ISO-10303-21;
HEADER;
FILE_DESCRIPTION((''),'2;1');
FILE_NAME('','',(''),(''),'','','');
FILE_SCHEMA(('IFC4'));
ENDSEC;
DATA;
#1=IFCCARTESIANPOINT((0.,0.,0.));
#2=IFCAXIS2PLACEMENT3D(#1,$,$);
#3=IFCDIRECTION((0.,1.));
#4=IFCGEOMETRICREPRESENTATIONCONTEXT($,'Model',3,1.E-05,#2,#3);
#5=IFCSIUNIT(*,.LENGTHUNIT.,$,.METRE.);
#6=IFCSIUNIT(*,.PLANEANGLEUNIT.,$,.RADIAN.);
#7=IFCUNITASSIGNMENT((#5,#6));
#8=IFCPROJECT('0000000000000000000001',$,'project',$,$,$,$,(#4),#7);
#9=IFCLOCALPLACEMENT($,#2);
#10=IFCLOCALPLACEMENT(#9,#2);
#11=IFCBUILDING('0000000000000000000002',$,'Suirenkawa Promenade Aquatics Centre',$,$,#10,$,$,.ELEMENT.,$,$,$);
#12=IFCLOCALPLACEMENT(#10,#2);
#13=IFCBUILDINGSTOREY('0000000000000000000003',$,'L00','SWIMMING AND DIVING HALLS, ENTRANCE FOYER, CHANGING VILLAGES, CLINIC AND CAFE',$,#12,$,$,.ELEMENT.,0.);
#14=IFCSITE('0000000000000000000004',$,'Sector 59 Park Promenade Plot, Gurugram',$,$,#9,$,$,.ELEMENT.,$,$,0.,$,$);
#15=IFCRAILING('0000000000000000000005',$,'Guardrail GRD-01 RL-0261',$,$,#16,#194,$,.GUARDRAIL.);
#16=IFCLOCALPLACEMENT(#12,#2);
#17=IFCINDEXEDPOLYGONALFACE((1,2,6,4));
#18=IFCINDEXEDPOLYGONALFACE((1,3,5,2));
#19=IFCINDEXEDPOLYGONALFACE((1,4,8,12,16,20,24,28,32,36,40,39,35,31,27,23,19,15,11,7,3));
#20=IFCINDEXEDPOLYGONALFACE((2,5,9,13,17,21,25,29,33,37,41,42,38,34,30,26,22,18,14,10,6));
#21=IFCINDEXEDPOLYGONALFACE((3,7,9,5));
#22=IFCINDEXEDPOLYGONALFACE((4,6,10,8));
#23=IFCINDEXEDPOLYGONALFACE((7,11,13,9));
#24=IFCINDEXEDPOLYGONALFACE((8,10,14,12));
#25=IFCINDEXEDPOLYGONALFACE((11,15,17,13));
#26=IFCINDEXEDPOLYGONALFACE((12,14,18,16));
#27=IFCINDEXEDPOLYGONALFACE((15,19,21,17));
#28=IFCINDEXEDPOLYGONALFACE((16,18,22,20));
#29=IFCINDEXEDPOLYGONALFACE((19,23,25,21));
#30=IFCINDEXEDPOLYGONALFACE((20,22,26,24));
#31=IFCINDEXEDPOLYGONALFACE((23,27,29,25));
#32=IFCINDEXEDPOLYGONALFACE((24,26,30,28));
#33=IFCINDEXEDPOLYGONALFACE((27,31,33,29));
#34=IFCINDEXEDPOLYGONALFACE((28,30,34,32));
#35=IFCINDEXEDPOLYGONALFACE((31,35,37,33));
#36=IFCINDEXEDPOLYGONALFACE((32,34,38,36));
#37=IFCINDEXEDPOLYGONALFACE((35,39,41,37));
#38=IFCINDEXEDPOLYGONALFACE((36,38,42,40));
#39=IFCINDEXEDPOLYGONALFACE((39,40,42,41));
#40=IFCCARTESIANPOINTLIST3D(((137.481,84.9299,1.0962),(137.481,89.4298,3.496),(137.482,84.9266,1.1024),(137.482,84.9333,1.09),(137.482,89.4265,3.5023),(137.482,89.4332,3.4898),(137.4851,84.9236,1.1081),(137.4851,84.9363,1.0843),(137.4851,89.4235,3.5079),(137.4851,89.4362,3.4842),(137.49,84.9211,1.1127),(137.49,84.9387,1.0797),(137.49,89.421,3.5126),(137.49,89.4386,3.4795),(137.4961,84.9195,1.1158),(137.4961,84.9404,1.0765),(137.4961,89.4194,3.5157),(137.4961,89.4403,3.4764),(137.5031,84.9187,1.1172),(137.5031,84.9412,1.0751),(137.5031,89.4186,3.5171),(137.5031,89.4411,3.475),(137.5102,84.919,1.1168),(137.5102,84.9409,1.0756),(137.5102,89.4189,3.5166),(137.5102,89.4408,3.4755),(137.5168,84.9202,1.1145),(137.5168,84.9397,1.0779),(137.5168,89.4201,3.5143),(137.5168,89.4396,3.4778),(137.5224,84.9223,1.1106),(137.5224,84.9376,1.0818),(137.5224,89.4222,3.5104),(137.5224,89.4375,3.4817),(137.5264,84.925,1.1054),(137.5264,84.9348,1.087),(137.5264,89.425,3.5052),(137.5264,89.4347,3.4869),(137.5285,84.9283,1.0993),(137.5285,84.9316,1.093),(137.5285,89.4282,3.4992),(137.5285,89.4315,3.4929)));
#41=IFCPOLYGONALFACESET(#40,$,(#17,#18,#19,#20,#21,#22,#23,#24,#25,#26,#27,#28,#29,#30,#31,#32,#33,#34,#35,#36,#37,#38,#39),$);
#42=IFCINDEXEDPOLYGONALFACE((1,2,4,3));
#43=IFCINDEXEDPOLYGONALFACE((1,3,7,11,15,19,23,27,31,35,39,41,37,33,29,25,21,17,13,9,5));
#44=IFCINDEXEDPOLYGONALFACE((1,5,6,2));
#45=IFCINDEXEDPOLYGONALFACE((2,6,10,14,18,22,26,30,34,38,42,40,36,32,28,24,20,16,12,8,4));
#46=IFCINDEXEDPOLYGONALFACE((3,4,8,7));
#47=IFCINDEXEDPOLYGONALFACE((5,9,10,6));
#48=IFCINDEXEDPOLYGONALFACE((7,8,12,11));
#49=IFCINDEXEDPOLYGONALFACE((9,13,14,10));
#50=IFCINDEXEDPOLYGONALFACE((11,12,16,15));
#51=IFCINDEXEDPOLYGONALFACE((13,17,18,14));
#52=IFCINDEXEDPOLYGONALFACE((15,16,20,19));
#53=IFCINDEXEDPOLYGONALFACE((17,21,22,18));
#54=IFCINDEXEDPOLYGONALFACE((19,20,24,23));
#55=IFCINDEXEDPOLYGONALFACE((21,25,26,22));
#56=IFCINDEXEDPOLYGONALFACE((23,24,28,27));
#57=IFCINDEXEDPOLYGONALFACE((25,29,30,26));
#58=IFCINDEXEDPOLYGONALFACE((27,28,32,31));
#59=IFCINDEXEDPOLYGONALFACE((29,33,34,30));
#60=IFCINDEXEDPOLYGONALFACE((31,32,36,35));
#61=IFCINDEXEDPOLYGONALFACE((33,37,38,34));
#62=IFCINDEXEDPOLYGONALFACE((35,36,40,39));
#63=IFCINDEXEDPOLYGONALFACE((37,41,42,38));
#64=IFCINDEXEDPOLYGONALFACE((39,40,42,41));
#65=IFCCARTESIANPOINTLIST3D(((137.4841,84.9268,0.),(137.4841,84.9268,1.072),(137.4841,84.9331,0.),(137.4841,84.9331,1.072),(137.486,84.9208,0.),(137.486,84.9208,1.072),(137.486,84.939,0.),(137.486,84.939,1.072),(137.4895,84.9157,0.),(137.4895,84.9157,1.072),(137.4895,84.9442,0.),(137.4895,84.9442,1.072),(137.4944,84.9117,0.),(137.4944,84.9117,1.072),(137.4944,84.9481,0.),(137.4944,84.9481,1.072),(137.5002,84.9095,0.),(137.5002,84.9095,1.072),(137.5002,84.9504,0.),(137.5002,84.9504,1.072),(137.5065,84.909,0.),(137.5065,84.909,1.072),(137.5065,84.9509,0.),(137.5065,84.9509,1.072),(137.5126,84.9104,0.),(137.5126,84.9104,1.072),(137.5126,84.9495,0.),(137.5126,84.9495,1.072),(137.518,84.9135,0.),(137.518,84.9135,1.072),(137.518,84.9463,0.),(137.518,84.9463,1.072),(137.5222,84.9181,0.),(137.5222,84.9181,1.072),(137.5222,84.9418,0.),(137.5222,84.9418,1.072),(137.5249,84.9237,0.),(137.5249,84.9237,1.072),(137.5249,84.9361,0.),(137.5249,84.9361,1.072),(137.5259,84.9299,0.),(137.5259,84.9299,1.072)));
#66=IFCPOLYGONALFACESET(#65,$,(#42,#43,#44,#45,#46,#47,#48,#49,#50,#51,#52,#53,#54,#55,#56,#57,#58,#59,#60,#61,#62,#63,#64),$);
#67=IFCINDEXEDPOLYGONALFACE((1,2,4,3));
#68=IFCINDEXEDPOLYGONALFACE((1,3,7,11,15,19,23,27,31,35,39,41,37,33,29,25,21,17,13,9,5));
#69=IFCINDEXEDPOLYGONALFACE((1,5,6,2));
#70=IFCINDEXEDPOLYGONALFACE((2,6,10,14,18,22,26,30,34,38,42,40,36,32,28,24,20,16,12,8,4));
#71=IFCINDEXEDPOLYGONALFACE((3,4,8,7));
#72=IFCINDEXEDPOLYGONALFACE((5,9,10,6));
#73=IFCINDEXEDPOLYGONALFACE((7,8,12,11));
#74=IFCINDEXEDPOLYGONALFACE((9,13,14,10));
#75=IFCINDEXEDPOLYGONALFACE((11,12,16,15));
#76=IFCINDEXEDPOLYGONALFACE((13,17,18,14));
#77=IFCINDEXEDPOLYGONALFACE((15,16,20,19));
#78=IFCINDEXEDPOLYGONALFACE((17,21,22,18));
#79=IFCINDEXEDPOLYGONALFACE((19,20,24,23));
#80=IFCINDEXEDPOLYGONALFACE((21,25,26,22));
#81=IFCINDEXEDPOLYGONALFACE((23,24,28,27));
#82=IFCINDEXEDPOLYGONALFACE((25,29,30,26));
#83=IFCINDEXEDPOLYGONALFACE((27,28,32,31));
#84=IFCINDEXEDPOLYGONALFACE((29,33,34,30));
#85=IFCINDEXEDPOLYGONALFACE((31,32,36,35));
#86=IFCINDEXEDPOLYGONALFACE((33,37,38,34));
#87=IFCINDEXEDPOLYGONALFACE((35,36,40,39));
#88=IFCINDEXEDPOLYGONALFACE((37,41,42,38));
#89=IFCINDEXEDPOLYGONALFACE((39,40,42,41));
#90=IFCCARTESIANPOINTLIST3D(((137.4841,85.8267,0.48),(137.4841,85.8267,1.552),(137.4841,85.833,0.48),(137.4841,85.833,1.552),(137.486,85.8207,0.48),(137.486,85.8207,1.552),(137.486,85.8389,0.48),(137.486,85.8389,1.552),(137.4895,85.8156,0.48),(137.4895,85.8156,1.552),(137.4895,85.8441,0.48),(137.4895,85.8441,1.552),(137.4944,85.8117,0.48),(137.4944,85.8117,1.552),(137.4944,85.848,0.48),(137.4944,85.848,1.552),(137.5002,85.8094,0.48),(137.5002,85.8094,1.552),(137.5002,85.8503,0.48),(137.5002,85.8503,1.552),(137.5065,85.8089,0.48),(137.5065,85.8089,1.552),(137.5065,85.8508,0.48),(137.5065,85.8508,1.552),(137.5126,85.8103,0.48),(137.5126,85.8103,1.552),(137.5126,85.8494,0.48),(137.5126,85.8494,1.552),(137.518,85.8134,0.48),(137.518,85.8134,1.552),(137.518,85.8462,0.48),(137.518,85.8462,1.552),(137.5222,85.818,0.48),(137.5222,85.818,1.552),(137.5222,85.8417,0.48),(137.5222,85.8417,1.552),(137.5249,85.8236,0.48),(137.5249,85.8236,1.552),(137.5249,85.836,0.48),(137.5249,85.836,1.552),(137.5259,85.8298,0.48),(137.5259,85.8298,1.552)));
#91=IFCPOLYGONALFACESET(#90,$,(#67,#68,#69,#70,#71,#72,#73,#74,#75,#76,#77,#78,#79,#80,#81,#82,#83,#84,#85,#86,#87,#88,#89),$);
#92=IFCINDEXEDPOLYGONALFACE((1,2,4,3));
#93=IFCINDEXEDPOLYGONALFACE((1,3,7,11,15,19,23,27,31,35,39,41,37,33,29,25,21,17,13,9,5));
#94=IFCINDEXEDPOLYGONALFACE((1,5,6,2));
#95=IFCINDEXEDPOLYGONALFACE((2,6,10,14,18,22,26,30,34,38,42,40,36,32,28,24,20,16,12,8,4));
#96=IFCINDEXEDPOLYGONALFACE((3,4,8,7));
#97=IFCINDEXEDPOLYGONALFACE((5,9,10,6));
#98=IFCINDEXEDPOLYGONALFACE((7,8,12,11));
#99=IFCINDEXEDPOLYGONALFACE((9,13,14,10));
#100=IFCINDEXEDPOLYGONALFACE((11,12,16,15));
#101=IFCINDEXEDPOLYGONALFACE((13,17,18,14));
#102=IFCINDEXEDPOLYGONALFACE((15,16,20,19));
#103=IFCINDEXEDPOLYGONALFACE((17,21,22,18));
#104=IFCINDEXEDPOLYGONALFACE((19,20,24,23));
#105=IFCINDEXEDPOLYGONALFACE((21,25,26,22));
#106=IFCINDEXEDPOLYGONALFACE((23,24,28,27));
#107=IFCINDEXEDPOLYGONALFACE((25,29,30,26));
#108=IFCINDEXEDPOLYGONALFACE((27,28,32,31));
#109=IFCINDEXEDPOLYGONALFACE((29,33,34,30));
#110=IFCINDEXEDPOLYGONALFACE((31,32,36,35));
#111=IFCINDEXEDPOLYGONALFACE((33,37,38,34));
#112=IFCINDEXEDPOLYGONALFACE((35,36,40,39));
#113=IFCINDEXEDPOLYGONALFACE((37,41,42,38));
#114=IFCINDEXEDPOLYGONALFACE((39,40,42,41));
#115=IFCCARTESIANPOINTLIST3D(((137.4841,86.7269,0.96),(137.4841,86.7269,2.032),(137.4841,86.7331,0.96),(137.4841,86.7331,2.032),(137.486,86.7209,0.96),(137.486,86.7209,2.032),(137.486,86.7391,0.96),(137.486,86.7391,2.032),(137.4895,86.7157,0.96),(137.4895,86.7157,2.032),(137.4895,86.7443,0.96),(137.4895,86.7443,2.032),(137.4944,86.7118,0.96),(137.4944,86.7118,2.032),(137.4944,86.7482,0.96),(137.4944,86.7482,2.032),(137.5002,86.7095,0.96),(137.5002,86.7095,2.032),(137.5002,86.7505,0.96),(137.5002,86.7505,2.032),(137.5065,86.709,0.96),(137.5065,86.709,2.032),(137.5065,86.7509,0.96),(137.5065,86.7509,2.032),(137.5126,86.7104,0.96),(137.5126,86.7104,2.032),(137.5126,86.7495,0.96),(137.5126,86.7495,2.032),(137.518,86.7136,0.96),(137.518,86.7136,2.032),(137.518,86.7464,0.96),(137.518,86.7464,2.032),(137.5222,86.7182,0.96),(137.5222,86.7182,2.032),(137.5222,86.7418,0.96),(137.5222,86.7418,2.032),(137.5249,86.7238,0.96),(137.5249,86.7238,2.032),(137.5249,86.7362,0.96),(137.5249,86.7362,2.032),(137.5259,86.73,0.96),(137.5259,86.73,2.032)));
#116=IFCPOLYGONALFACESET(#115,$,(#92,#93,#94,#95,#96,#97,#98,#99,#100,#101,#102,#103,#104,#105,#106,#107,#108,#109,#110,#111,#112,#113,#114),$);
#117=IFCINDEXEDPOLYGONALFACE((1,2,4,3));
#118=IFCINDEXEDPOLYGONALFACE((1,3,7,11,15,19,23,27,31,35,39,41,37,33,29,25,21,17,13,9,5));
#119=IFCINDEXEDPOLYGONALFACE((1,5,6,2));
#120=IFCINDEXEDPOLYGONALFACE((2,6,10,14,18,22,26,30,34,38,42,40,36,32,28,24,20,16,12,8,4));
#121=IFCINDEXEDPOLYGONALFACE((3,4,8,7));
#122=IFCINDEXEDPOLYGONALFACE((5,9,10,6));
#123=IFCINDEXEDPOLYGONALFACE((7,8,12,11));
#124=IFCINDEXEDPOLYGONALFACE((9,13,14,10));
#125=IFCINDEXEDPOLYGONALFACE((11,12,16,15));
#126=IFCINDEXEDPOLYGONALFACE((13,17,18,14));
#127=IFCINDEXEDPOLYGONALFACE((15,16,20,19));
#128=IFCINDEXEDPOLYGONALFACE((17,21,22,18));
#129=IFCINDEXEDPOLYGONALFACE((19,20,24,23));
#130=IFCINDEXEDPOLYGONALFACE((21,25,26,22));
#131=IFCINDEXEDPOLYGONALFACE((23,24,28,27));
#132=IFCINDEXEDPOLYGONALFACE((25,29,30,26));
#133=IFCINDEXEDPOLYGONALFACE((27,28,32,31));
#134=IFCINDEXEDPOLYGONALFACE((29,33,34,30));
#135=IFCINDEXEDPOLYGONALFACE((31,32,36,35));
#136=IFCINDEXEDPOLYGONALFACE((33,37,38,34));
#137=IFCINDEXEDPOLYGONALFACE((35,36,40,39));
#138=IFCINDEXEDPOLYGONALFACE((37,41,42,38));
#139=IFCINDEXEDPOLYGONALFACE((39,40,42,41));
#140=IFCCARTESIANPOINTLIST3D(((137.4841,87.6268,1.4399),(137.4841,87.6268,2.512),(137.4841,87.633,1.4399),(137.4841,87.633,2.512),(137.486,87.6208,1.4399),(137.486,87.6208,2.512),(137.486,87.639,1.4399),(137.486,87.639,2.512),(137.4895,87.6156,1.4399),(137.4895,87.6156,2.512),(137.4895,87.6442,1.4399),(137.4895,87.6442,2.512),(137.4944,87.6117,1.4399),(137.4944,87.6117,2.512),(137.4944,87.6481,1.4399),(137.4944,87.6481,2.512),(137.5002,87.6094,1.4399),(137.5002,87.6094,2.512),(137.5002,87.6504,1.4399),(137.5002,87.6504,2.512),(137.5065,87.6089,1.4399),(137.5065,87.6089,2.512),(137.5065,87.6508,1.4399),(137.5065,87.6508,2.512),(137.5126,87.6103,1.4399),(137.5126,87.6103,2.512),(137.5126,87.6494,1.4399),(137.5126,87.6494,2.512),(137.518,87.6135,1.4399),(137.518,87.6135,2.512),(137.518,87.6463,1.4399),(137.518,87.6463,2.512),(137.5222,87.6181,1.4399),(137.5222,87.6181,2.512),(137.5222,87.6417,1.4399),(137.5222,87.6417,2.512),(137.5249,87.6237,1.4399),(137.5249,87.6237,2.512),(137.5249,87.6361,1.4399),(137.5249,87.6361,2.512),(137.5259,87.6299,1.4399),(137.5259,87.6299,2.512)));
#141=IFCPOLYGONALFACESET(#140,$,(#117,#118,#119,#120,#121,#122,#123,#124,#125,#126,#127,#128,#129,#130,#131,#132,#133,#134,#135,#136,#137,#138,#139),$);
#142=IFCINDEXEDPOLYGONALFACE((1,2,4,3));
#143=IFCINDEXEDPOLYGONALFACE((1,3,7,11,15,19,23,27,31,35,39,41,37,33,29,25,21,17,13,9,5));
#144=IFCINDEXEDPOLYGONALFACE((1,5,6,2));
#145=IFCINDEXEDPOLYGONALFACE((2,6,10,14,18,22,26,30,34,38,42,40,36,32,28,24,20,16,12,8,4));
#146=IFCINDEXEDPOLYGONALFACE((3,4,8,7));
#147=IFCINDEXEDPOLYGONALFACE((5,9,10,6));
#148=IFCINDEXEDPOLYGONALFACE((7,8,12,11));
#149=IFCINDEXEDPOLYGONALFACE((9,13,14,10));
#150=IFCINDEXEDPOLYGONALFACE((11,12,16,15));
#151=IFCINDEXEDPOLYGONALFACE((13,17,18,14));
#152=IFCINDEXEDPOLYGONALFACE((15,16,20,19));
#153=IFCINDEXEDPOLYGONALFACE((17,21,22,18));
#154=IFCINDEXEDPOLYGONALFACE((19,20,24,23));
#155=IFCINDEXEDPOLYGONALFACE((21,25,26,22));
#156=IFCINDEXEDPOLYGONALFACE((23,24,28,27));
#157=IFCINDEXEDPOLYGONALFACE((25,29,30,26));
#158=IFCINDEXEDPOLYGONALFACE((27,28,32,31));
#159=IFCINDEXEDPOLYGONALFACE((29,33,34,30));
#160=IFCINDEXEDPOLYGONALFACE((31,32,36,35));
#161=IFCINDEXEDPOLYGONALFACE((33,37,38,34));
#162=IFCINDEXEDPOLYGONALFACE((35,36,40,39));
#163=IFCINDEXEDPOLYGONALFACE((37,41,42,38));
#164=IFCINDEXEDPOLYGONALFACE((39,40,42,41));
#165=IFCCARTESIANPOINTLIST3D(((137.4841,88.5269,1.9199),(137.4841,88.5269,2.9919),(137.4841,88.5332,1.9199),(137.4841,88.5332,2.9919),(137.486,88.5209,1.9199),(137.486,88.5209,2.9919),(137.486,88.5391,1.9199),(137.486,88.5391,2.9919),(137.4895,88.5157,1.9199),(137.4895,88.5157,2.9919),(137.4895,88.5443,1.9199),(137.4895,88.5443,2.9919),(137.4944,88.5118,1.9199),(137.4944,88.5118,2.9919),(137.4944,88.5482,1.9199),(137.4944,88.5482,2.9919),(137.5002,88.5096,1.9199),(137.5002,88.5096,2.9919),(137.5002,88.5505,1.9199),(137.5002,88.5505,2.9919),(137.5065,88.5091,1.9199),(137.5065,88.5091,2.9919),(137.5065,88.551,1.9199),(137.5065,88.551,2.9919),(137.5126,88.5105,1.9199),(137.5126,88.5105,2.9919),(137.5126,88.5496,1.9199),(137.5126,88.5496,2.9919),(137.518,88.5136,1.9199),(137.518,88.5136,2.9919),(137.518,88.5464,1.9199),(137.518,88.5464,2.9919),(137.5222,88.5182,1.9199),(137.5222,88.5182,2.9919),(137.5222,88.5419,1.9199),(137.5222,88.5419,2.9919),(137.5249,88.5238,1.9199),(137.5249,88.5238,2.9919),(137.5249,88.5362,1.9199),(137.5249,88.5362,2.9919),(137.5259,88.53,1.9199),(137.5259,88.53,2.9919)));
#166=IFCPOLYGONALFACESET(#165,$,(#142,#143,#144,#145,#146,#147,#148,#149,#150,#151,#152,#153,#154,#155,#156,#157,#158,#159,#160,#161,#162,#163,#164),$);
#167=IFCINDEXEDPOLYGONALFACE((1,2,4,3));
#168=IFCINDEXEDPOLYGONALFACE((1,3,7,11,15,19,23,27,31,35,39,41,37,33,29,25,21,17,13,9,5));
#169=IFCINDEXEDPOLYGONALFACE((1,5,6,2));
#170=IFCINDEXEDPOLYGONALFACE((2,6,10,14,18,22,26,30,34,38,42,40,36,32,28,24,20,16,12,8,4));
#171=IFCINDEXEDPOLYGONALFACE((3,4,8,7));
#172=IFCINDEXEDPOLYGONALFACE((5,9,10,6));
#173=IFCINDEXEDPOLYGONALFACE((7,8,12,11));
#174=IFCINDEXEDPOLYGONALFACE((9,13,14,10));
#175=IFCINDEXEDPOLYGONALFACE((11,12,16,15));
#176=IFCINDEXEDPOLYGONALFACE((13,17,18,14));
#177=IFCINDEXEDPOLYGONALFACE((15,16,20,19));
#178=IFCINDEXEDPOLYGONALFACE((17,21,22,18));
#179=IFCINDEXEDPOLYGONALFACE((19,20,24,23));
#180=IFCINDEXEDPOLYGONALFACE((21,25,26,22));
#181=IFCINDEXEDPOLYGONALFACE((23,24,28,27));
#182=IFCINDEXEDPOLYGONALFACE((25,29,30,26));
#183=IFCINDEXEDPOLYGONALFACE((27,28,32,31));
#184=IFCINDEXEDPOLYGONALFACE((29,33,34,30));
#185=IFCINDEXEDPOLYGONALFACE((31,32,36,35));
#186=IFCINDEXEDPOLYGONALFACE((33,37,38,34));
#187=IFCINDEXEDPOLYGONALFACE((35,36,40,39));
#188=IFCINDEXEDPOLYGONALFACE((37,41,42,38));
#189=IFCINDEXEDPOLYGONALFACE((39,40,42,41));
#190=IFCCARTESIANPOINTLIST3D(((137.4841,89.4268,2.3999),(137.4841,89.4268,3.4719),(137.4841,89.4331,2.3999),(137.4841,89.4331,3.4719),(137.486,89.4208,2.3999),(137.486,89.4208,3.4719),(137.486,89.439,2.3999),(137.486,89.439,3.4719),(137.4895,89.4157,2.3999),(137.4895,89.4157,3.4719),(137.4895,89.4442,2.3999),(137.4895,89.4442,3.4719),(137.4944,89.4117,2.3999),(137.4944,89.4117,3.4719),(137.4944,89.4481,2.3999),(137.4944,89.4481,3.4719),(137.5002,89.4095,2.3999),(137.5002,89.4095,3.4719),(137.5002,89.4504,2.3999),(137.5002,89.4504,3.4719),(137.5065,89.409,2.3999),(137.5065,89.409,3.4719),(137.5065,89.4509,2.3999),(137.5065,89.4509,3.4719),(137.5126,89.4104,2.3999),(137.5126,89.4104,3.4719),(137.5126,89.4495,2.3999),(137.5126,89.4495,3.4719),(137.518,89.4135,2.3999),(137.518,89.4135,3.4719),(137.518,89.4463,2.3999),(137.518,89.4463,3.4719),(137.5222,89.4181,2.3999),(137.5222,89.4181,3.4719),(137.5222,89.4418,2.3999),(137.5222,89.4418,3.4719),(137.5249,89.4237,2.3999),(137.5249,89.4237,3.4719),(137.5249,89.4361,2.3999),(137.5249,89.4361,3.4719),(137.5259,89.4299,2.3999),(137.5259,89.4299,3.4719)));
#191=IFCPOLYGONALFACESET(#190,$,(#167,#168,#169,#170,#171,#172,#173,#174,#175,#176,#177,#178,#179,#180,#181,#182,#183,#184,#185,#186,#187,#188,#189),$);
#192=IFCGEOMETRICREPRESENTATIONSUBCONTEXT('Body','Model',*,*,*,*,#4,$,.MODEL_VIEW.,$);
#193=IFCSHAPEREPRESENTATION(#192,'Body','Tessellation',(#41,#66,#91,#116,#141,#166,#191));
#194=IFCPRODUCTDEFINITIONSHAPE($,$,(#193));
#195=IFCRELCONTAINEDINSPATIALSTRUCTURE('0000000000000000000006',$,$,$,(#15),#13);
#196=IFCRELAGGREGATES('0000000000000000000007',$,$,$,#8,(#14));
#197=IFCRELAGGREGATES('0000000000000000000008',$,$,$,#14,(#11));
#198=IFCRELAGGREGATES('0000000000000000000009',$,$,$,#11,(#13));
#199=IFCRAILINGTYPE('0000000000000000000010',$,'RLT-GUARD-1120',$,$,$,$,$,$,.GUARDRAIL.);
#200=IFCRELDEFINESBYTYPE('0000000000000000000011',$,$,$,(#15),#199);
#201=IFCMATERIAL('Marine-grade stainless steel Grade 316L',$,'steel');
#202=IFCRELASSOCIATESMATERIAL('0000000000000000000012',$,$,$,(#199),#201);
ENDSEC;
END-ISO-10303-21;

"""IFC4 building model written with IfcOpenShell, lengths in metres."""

from ifc_helpers import new_model, si_unit, direction, frame, origin, origin_2d, place, context, subcontext, project, spatial, circle, extrude, material, type_object, element, save


model = new_model("IFC4")

# Units and contexts
model_context = context("Model", 3, precision=1e-05, world=origin(), true_north=direction((0.0, 1.0)))
body_context = subcontext(model_context, "Body", "Model", "MODEL_VIEW")
ifc_project = project(units=[si_unit("LENGTHUNIT", "METRE"), si_unit("PLANEANGLEUNIT", "RADIAN")], contexts=[model_context])

# Site, building, storey
site_placement = place(None, origin())
site = spatial("IfcSite", under=ifc_project, at=site_placement, Name="Sector 59 Park Promenade Plot, Gurugram", CompositionType="ELEMENT", RefElevation=0.0)
building_placement = place(site_placement, origin())
building = spatial("IfcBuilding", under=site, at=building_placement, Name="Suirenkawa Promenade Aquatics Centre", CompositionType="ELEMENT")
storey_placement = place(building_placement, origin())
storey = spatial("IfcBuildingStorey", under=building, at=storey_placement, Name="L00", Description="SWIMMING AND DIVING HALLS, ENTRANCE FOYER, CHANGING VILLAGES, CLINIC AND CAFE", CompositionType="ELEMENT", Elevation=0.0)

# Railing
ifc_material_1 = material(Name="Marine-grade stainless steel Grade 316L", Category="steel")
railing_type_1 = type_object("IfcRailingType", Name="RLT-GUARD-1120", PredefinedType="GUARDRAIL", material=ifc_material_1)
for number, where, name in (
    (1, (137.5049, 84.9299, 0.0), "Guardrail GRD-01 RL-0261"),
):
    element("IfcRailing", number, at=place(storey_placement, frame(where)), inside=storey, type_object=railing_type_1, Name=name, PredefinedType="GUARDRAIL", context=body_context, shape_type="SweptSolid", body=[
        extrude(circle(Radius=0.0239, at=origin_2d()), frame((0.0, 0.0, 1.0962), z_axis=(0.0, 0.882361, 0.470573), x_axis=(-1.0, 0.0, 0.0)), (0.0, 0.0, 1.0), 5.0999),
        extrude(circle(Radius=0.021, at=origin_2d()), origin(), (0.0, 0.0, 1.0), 1.072),
        extrude(circle(Radius=0.021, at=origin_2d()), frame((0.0, 0.8999, 0.48)), (0.0, 0.0, 1.0), 1.072),
        extrude(circle(Radius=0.021, at=origin_2d()), frame((0.0, 1.8, 0.96)), (0.0, 0.0, 1.0), 1.072),
        extrude(circle(Radius=0.021, at=origin_2d()), frame((0.0, 2.7, 1.4399)), (0.0, 0.0, 1.0), 1.072),
        extrude(circle(Radius=0.021, at=origin_2d()), frame((0.0, 3.6001, 1.9199)), (0.0, 0.0, 1.0), 1.072),
        extrude(circle(Radius=0.021, at=origin_2d()), frame((0.0, 4.5, 2.3999)), (0.0, 0.0, 1.0), 1.072),
    ])

save(model, "model.ifc")
